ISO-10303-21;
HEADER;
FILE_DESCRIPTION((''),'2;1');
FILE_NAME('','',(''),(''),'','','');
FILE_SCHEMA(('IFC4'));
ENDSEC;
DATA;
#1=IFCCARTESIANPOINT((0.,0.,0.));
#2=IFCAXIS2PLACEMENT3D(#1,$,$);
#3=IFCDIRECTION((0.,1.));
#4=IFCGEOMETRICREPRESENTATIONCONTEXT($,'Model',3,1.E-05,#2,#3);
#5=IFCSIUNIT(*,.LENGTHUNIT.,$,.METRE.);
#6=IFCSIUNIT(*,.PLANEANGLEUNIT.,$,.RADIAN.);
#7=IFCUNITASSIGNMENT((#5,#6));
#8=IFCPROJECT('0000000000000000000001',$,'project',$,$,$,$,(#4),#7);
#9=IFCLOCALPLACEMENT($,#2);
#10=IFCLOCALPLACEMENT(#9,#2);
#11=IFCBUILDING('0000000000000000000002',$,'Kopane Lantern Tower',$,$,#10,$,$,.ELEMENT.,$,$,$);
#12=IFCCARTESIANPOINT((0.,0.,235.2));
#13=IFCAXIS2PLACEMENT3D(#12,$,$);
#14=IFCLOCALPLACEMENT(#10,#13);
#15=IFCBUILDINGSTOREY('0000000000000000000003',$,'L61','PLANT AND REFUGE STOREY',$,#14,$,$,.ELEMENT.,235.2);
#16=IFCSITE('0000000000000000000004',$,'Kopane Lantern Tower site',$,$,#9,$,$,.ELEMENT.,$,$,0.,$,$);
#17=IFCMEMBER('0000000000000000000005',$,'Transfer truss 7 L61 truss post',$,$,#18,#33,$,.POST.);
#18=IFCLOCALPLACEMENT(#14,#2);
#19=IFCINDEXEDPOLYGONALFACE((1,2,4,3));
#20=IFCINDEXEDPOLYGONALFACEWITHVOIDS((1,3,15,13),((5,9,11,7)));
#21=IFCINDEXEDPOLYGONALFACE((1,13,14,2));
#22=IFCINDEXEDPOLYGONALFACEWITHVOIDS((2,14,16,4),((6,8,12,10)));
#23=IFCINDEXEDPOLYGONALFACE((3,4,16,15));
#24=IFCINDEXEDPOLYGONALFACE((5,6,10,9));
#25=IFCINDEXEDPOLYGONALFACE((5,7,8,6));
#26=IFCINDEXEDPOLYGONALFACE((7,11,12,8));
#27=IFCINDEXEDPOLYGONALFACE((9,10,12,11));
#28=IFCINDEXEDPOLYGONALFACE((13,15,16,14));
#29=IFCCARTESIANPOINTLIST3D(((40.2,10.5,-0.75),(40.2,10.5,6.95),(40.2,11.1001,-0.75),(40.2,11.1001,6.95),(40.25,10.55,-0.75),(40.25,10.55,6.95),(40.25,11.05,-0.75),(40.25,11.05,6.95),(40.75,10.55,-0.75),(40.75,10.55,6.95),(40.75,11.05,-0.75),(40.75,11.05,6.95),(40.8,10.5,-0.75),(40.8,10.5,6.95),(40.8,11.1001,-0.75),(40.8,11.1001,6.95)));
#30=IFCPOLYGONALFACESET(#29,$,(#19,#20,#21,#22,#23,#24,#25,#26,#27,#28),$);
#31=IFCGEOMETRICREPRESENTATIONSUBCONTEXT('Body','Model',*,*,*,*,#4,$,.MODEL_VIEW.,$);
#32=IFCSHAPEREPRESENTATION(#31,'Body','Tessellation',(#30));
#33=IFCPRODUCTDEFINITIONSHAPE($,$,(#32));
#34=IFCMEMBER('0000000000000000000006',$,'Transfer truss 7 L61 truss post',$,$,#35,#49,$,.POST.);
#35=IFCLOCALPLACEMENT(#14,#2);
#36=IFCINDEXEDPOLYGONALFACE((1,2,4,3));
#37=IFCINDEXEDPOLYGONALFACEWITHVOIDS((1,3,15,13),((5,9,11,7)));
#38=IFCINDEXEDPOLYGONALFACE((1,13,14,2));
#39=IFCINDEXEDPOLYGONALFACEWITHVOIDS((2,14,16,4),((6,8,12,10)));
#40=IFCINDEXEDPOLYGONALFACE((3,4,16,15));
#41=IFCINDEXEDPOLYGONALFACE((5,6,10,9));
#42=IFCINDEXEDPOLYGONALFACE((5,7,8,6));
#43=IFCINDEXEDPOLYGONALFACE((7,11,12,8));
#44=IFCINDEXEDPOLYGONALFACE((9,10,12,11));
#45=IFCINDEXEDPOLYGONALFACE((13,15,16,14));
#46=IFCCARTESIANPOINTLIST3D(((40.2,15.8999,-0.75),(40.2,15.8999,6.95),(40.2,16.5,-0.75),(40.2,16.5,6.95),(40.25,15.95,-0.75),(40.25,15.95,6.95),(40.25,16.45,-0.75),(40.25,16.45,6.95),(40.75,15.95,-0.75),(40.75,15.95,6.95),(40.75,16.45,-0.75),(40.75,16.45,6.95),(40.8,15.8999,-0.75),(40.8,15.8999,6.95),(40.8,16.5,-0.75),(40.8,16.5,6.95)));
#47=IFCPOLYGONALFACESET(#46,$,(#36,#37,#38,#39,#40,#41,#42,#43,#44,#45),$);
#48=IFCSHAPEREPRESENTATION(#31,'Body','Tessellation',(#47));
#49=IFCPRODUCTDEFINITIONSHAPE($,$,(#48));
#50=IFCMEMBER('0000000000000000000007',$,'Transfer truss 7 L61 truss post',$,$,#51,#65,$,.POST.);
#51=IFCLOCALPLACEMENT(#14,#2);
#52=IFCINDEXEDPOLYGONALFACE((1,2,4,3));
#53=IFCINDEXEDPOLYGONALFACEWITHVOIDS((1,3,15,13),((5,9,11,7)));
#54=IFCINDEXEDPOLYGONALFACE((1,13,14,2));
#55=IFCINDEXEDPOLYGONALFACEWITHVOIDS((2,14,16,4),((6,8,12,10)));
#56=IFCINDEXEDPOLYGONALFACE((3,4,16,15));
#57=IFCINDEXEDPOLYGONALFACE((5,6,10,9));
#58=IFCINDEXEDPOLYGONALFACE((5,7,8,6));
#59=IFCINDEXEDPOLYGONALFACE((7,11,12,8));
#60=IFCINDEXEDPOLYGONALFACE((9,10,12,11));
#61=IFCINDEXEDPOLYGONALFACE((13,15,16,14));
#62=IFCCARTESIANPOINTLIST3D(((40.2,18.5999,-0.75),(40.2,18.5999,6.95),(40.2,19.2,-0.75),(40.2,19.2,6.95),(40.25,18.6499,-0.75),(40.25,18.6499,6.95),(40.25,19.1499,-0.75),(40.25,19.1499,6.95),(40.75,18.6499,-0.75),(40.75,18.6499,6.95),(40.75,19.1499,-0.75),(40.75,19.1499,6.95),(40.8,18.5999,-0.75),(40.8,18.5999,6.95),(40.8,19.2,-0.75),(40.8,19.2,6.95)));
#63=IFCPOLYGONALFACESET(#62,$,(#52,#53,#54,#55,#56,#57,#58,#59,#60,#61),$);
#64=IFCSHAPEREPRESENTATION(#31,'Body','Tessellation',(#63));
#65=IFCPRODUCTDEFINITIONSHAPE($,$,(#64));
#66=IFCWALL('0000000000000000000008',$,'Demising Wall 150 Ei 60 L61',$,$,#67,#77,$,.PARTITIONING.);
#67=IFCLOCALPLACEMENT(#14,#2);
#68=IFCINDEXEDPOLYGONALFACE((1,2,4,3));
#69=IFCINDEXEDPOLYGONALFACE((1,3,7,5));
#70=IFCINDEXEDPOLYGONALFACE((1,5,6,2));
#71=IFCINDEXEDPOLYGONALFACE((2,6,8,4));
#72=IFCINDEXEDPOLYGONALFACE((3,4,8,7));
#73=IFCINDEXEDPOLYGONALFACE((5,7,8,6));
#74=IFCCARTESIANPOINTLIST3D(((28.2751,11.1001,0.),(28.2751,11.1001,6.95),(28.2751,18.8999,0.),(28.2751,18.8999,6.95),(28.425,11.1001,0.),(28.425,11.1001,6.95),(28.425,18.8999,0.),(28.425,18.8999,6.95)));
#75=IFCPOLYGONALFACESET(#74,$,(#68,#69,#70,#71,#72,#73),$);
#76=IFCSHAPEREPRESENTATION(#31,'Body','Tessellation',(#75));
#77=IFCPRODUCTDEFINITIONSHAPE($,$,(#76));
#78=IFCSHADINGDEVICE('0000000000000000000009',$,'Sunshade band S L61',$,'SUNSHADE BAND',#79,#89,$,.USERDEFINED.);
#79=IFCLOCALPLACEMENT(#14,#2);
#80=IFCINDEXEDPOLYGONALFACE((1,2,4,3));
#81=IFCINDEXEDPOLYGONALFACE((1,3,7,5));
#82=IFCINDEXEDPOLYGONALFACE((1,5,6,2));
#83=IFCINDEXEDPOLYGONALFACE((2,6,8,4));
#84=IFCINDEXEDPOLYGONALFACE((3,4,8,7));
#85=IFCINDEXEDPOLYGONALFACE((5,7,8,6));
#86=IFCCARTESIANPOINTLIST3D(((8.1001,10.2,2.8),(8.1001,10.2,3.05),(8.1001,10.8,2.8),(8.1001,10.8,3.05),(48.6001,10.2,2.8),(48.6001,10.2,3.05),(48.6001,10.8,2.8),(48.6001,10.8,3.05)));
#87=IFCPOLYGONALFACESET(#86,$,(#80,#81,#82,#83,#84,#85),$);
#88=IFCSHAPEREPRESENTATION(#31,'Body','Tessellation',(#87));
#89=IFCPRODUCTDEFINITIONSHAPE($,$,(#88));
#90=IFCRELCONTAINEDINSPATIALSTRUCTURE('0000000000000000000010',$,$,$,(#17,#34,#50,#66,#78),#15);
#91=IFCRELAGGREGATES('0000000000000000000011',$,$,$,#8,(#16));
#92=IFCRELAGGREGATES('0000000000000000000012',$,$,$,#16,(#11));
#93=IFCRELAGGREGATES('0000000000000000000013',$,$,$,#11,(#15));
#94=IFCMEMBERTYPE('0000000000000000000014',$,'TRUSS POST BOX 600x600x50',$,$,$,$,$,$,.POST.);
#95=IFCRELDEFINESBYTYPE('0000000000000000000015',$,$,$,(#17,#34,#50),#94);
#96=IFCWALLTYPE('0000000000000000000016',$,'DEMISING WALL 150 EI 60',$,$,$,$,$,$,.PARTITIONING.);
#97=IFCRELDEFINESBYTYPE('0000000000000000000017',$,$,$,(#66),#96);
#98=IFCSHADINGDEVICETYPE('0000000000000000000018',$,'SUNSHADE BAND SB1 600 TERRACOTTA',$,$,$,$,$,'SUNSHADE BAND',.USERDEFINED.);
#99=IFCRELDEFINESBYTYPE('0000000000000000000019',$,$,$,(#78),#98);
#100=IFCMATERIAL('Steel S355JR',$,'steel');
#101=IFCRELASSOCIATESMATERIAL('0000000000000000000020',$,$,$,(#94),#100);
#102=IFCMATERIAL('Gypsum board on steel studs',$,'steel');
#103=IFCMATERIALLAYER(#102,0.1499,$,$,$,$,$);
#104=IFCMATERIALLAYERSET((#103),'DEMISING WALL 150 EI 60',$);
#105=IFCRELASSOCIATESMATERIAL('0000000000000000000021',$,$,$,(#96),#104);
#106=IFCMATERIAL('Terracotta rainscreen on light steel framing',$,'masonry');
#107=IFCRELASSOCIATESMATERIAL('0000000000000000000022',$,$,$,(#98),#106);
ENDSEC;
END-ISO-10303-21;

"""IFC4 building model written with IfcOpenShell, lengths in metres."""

from ifc_helpers import new_model, si_unit, direction, frame, frame_2d, origin, origin_2d, place, context, subcontext, project, spatial, rectangle, hollow_rectangle, extrude, material, layer, layer_set, material_profile, profile_set, type_object, element, save


model = new_model("IFC4")

# Units and contexts
model_context = context("Model", 3, precision=1e-05, world=origin(), true_north=direction((0.0, 1.0)))
body_context = subcontext(model_context, "Body", "Model", "MODEL_VIEW")
ifc_project = project(units=[si_unit("LENGTHUNIT", "METRE"), si_unit("PLANEANGLEUNIT", "RADIAN")], contexts=[model_context])

# Site, building, storey
site_placement = place(None, origin())
site = spatial("IfcSite", under=ifc_project, at=site_placement, Name="Kopane Lantern Tower site", CompositionType="ELEMENT", RefElevation=0.0)
building_placement = place(site_placement, origin())
building = spatial("IfcBuilding", under=site, at=building_placement, Name="Kopane Lantern Tower", CompositionType="ELEMENT")
storey_placement = place(building_placement, frame((0.0, 0.0, 235.2)))
storey = spatial("IfcBuildingStorey", under=building, at=storey_placement, Name="L61", Description="PLANT AND REFUGE STOREY", CompositionType="ELEMENT", Elevation=235.2)

# Members
ifc_material_1 = material(Name="Steel S355JR", Category="steel")
ifc_material_profile_1 = material_profile(ifc_material_1, hollow_rectangle(XDim=0.6001, YDim=0.6001, WallThickness=0.05, at=origin_2d()), Name="BOX 600x600x50")
ifc_profile_set_1 = profile_set([ifc_material_profile_1], Name="Steel S355JR")
member_type_1 = type_object("IfcMemberType", Name="TRUSS POST BOX 600x600x50", PredefinedType="POST", material=ifc_profile_set_1)
for number, where, z_axis, x_axis, name in (
    (1, (40.5, 10.8, -0.75), (0.0, 0.0, 1.0), (1.0, 0.0, 0.0), "Transfer truss 7 L61 truss post"),
    (2, (40.5, 16.2, -0.75), (0.0, 0.0, 1.0), (1.0, 0.0, 0.0), "Transfer truss 7 L61 truss post"),
    (3, (40.5, 18.8999, -0.75), (0.0, 0.0, 1.0), (1.0, 0.0, 0.0), "Transfer truss 7 L61 truss post"),
):
    element("IfcMember", number, at=place(storey_placement, frame(where, z_axis=z_axis, x_axis=x_axis)), inside=storey, type_object=member_type_1, Name=name, PredefinedType="POST", context=body_context, shape_type="SweptSolid", body=[
        extrude(hollow_rectangle(XDim=0.6001, YDim=0.6001, WallThickness=0.05, at=origin_2d()), origin(), (0.0, 0.0, 1.0), 7.7),
    ])

# Wall
ifc_material_2 = material(Name="Gypsum board on steel studs", Category="steel")
ifc_layer = layer(ifc_material_2, 0.1499)
ifc_layer_set = layer_set([ifc_layer], Name="DEMISING WALL 150 EI 60")
wall_type = type_object("IfcWallType", Name="DEMISING WALL 150 EI 60", PredefinedType="PARTITIONING", material=ifc_layer_set)
wall_placement = place(storey_placement, frame((28.3501, 18.8999, 0.0), z_axis=(0.0, 0.0, 1.0), x_axis=(0.0, -1.0, 0.0)))
element("IfcWall", 4, at=wall_placement, inside=storey, type_object=wall_type, Name="Demising Wall 150 Ei 60 L61", PredefinedType="PARTITIONING", context=body_context, shape_type="SweptSolid", body=[
    extrude(rectangle(XDim=7.7998, YDim=0.1499, at=frame_2d((3.8999, 0.0))), origin(), (0.0, 0.0, 1.0), 6.95),
])

# Shading device
ifc_material_3 = material(Name="Terracotta rainscreen on light steel framing", Category="masonry")
shading_device_type = type_object("IfcShadingDeviceType", Name="SUNSHADE BAND SB1 600 TERRACOTTA", ElementType="SUNSHADE BAND", PredefinedType="USERDEFINED", material=ifc_material_3)
shading_device_placement = place(storey_placement, frame((28.3501, 10.5, 2.8), z_axis=(0.0, 0.0, 1.0), x_axis=(1.0, 0.0, 0.0)))
element("IfcShadingDevice", 5, at=shading_device_placement, inside=storey, type_object=shading_device_type, Name="Sunshade band S L61", ObjectType="SUNSHADE BAND", PredefinedType="USERDEFINED", context=body_context, shape_type="SweptSolid", body=[
    extrude(rectangle(XDim=40.5, YDim=0.6001, at=origin_2d()), origin(), (0.0, 0.0, 1.0), 0.25),
])

save(model, "model.ifc")
